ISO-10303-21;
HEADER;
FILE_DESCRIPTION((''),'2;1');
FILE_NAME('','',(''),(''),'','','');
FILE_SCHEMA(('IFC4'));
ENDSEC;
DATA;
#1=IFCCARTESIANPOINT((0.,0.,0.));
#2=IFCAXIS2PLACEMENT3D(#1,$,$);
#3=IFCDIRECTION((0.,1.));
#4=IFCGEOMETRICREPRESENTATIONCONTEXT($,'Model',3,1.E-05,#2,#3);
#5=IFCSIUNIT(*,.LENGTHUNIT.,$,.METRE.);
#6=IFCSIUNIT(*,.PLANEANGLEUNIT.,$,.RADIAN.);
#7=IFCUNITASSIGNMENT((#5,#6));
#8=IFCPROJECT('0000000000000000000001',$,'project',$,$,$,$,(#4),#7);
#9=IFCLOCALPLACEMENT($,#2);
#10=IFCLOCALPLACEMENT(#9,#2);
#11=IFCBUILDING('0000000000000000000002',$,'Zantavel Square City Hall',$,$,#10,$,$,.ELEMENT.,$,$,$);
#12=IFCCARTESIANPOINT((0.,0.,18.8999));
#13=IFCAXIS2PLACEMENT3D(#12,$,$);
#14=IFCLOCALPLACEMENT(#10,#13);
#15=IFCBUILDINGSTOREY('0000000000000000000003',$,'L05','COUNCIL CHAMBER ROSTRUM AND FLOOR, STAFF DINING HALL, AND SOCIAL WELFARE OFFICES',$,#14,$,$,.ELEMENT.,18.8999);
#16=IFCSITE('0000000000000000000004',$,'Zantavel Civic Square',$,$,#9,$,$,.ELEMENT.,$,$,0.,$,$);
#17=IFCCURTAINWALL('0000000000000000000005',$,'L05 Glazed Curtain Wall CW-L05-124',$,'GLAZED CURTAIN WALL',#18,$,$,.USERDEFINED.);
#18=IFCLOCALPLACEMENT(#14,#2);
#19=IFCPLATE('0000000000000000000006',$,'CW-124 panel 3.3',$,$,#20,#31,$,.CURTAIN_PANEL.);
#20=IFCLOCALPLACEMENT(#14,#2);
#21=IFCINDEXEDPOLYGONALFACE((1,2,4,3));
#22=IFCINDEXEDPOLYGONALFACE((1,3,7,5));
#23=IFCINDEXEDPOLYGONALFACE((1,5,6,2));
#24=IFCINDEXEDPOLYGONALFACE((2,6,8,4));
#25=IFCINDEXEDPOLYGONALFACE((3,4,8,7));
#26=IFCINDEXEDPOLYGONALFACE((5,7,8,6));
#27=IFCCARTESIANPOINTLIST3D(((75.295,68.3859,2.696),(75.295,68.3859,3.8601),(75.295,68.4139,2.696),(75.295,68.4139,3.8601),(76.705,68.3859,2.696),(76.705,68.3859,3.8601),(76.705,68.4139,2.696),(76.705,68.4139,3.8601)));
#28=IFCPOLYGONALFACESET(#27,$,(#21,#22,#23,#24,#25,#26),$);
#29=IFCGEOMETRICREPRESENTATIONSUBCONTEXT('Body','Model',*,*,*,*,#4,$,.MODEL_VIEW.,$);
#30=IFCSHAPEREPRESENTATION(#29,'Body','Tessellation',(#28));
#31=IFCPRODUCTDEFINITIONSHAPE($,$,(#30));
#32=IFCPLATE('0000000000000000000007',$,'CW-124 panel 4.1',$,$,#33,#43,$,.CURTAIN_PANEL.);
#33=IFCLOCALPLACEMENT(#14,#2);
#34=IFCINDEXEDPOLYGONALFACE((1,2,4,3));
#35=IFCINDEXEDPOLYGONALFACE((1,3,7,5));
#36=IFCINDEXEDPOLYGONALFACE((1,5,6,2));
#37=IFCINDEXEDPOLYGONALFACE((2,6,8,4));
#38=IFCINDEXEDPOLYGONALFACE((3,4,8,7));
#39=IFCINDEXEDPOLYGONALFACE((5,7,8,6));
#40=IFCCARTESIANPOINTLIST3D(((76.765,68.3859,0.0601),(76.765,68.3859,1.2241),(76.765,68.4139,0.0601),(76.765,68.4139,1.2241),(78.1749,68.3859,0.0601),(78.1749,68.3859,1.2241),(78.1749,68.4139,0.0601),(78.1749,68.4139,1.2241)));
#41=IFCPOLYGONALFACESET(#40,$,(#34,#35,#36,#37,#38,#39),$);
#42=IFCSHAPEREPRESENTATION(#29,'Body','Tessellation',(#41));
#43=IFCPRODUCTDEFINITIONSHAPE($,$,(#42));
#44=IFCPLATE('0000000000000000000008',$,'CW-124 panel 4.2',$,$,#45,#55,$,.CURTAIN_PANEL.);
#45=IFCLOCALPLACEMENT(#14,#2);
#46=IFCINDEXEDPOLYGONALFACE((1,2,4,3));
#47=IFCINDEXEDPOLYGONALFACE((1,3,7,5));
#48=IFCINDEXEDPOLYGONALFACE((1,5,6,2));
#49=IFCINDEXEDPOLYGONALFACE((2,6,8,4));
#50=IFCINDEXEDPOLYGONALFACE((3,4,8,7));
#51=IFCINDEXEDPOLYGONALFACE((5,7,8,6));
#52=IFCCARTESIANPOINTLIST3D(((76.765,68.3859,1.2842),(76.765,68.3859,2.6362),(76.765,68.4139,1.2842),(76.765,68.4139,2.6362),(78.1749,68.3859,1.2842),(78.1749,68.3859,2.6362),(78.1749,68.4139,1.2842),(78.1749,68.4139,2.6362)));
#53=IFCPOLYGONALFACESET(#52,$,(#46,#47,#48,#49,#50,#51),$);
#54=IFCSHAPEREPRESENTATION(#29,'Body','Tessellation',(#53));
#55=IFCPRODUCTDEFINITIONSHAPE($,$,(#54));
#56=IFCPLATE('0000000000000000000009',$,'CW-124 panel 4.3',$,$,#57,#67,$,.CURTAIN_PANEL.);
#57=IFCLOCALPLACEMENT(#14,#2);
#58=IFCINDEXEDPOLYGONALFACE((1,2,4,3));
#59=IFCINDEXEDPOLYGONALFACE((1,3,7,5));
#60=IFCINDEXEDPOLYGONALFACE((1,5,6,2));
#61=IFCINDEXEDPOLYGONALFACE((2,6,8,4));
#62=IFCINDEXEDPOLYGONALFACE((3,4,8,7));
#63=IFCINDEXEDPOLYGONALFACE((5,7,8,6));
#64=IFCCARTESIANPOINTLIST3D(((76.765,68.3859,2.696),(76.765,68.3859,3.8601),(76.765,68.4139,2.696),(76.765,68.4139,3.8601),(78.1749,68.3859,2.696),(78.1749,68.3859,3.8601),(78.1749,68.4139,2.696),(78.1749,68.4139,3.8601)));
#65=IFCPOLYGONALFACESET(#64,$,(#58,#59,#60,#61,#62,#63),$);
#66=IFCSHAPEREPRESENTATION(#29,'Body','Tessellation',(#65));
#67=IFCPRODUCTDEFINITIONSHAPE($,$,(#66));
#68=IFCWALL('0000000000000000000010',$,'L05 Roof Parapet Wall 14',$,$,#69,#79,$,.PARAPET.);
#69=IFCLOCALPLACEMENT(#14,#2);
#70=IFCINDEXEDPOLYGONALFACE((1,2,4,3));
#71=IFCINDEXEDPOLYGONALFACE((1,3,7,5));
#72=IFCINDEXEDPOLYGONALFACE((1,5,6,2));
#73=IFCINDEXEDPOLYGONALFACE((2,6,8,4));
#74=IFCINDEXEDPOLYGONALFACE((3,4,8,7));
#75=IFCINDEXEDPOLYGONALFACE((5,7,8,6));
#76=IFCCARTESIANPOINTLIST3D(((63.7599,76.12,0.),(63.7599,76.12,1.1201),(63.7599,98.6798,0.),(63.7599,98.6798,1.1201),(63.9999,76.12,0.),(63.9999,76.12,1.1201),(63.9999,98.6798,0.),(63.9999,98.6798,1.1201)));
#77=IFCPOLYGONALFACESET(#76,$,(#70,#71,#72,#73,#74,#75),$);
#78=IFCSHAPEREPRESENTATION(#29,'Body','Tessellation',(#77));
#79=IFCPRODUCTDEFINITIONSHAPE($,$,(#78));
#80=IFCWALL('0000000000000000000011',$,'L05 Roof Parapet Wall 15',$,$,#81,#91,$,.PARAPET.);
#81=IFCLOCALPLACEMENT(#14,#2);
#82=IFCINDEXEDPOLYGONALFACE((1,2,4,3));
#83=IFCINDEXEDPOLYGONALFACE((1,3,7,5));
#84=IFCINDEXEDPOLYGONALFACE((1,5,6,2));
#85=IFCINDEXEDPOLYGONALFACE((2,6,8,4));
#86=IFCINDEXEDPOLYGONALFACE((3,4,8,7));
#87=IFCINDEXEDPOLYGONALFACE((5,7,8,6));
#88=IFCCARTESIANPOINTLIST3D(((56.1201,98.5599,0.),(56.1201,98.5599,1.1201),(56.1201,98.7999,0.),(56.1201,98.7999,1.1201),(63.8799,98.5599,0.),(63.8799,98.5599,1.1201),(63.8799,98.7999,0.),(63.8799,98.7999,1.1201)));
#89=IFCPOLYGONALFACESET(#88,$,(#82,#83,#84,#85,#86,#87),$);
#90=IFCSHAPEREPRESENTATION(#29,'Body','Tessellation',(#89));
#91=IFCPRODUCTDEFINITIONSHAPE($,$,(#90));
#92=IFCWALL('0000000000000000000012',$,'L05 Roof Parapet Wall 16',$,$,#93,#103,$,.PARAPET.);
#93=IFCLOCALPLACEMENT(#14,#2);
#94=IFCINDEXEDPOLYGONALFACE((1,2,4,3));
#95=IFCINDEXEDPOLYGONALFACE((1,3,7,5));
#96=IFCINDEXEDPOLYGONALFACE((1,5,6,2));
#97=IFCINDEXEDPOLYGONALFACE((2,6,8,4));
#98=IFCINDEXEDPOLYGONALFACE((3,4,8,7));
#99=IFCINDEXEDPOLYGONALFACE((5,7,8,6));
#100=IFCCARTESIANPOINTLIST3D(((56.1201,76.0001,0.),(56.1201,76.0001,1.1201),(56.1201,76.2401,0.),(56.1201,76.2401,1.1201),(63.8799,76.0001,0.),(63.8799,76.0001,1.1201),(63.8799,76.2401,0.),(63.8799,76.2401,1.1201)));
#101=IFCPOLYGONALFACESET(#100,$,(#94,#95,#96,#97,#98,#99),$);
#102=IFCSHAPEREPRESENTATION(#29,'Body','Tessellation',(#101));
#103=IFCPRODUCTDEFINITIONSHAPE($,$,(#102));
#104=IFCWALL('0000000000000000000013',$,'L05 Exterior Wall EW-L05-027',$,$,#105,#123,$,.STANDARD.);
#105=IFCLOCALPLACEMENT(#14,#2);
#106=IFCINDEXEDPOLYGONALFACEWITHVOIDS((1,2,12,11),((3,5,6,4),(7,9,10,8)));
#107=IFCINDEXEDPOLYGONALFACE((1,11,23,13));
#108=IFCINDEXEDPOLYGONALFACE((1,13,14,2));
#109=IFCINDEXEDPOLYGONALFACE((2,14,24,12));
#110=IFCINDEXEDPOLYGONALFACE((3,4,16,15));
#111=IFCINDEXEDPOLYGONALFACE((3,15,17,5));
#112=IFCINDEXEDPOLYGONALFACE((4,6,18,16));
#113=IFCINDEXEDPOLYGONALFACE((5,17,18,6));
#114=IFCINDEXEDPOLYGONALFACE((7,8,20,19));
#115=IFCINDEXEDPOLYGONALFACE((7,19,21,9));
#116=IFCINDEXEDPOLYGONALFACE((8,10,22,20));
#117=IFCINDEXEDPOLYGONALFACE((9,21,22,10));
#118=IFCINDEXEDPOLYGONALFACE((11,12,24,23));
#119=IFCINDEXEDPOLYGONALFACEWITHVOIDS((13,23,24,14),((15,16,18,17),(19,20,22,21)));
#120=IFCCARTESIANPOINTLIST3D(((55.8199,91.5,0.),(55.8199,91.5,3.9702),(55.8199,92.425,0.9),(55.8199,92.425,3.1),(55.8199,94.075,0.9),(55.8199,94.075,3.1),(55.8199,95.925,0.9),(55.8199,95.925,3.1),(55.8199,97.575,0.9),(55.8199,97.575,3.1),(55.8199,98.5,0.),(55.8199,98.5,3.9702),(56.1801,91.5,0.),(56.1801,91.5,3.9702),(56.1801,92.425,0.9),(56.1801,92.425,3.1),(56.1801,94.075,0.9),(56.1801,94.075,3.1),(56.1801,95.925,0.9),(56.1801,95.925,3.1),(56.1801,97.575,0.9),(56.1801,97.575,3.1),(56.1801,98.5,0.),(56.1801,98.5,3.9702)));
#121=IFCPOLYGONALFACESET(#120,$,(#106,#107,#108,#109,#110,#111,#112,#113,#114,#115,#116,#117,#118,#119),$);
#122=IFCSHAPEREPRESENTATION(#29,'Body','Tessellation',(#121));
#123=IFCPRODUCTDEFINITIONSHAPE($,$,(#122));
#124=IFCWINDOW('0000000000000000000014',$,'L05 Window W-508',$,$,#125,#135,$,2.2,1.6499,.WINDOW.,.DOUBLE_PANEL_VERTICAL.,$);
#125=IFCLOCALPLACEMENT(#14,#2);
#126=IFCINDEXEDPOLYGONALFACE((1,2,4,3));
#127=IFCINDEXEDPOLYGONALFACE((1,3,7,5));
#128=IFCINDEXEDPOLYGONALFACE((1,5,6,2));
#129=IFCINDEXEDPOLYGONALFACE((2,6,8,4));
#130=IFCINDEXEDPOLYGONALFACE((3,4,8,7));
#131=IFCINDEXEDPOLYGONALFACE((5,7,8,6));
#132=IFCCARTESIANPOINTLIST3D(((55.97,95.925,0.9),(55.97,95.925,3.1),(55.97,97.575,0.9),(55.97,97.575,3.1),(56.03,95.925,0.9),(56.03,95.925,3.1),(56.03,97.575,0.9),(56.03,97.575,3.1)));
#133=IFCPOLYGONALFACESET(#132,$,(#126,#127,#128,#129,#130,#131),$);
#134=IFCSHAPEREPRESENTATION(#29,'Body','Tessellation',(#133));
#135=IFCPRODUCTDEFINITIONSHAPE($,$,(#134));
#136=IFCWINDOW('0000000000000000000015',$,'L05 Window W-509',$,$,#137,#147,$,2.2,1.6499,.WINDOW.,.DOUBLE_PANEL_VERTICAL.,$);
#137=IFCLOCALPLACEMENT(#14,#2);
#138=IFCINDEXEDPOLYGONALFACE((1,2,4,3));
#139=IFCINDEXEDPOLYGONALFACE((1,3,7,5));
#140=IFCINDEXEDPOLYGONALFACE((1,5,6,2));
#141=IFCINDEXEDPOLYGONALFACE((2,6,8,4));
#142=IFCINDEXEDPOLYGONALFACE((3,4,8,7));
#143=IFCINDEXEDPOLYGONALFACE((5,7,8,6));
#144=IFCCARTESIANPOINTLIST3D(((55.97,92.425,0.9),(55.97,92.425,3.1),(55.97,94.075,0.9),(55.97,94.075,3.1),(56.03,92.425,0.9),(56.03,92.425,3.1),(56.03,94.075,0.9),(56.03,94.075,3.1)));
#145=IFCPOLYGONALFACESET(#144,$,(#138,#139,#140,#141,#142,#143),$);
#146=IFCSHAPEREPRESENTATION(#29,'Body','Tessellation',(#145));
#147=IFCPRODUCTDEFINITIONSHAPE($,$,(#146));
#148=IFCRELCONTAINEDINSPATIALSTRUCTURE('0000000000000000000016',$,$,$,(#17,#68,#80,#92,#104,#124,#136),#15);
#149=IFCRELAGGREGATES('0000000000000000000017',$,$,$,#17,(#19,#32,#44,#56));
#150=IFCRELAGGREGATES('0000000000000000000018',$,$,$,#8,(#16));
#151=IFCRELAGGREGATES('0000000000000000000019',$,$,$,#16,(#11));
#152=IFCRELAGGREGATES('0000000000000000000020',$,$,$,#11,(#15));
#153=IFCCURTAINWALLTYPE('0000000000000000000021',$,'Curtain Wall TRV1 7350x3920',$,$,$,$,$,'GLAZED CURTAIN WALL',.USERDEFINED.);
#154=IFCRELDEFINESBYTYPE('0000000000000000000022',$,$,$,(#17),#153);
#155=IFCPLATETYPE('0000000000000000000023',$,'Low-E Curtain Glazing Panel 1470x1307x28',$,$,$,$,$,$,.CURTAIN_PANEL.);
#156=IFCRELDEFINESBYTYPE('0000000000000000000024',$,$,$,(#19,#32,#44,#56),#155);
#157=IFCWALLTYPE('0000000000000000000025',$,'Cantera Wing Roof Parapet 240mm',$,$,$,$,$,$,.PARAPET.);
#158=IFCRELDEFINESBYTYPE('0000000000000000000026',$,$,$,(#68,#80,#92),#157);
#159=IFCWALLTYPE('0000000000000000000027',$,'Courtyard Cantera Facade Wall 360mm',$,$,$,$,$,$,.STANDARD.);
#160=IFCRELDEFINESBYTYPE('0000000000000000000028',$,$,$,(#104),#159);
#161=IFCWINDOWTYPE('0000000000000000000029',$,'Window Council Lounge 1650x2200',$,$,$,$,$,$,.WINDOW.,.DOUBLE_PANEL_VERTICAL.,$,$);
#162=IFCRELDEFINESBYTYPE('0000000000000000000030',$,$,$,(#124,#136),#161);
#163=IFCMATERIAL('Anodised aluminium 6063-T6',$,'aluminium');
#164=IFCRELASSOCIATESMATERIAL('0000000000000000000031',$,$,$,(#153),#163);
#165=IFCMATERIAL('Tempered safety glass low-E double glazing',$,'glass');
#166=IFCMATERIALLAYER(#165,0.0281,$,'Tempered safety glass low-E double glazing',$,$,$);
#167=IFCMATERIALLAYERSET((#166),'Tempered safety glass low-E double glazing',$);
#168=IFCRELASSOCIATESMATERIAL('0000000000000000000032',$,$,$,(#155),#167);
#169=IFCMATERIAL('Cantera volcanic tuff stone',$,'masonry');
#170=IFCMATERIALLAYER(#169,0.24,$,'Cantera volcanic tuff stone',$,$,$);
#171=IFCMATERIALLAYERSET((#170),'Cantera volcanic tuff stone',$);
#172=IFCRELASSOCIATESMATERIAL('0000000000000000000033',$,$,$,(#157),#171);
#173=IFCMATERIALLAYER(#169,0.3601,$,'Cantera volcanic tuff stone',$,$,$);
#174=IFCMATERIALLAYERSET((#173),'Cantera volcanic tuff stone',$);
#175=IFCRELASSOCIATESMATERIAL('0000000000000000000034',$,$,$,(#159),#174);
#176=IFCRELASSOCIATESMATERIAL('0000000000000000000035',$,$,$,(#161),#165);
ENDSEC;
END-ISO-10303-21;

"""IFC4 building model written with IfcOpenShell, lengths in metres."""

from ifc_helpers import new_model, si_unit, direction, frame, frame_2d, origin, origin_2d, place, context, subcontext, project, spatial, rectangle, extrude, material, layer, layer_set, type_object, element, fill, aggregate, save


model = new_model("IFC4")

# Units and contexts
model_context = context("Model", 3, precision=1e-05, world=origin(), true_north=direction((0.0, 1.0)))
body_context = subcontext(model_context, "Body", "Model", "MODEL_VIEW")
ifc_project = project(units=[si_unit("LENGTHUNIT", "METRE"), si_unit("PLANEANGLEUNIT", "RADIAN")], contexts=[model_context])

# Site, building, storey
site_placement = place(None, origin())
site = spatial("IfcSite", under=ifc_project, at=site_placement, Name="Zantavel Civic Square", CompositionType="ELEMENT", RefElevation=0.0)
building_placement = place(site_placement, origin())
building = spatial("IfcBuilding", under=site, at=building_placement, Name="Zantavel Square City Hall", CompositionType="ELEMENT")
storey_placement = place(building_placement, frame((0.0, 0.0, 18.8999)))
storey = spatial("IfcBuildingStorey", under=building, at=storey_placement, Name="L05", Description="COUNCIL CHAMBER ROSTRUM AND FLOOR, STAFF DINING HALL, AND SOCIAL WELFARE OFFICES", CompositionType="ELEMENT", Elevation=18.8999)

# Curtain wall
ifc_material_1 = material(Name="Anodised aluminium 6063-T6", Category="aluminium")
curtain_wall_type = type_object("IfcCurtainWallType", Name="Curtain Wall TRV1 7350x3920", ElementType="GLAZED CURTAIN WALL", PredefinedType="USERDEFINED", material=ifc_material_1)
curtain_wall_placement = place(storey_placement, origin())
curtain_wall = element("IfcCurtainWall", 1, at=curtain_wall_placement, inside=storey, type_object=curtain_wall_type, Name="L05 Glazed Curtain Wall CW-L05-124", ObjectType="GLAZED CURTAIN WALL", PredefinedType="USERDEFINED")

# Plates
ifc_material_2 = material(Name="Tempered safety glass low-E double glazing", Category="glass")
ifc_layer_1 = layer(ifc_material_2, 0.0281, Name="Tempered safety glass low-E double glazing")
ifc_layer_set_1 = layer_set([ifc_layer_1], Name="Tempered safety glass low-E double glazing")
plate_type = type_object("IfcPlateType", Name="Low-E Curtain Glazing Panel 1470x1307x28", PredefinedType="CURTAIN_PANEL", material=ifc_layer_set_1)
plate_1_placement = place(storey_placement, frame((76.0, 68.3999, 2.696), z_axis=(0.0, 0.0, 1.0), x_axis=(1.0, 0.0, 0.0)))
plate_1 = element("IfcPlate", 2, at=plate_1_placement, type_object=plate_type, Name="CW-124 panel 3.3", PredefinedType="CURTAIN_PANEL", context=body_context, shape_type="SweptSolid", body=[
    extrude(rectangle(XDim=1.4099, YDim=0.0281, at=origin_2d()), origin(), (0.0, 0.0, 1.0), 1.1641),
])
plate_2_placement = place(storey_placement, frame((77.47, 68.3999, 0.0601), z_axis=(0.0, 0.0, 1.0), x_axis=(1.0, 0.0, 0.0)))
plate_2 = element("IfcPlate", 3, at=plate_2_placement, type_object=plate_type, Name="CW-124 panel 4.1", PredefinedType="CURTAIN_PANEL", context=body_context, shape_type="SweptSolid", body=[
    extrude(rectangle(XDim=1.4099, YDim=0.0281, at=origin_2d()), origin(), (0.0, 0.0, 1.0), 1.1641),
])
plate_3_placement = place(storey_placement, frame((77.47, 68.3999, 1.2842), z_axis=(0.0, 0.0, 1.0), x_axis=(1.0, 0.0, 0.0)))
plate_3 = element("IfcPlate", 4, at=plate_3_placement, type_object=plate_type, Name="CW-124 panel 4.2", PredefinedType="CURTAIN_PANEL", context=body_context, shape_type="SweptSolid", body=[
    extrude(rectangle(XDim=1.4099, YDim=0.0281, at=origin_2d()), origin(), (0.0, 0.0, 1.0), 1.3521),
])
plate_4_placement = place(storey_placement, frame((77.47, 68.3999, 2.696), z_axis=(0.0, 0.0, 1.0), x_axis=(1.0, 0.0, 0.0)))
plate_4 = element("IfcPlate", 5, at=plate_4_placement, type_object=plate_type, Name="CW-124 panel 4.3", PredefinedType="CURTAIN_PANEL", context=body_context, shape_type="SweptSolid", body=[
    extrude(rectangle(XDim=1.4099, YDim=0.0281, at=origin_2d()), origin(), (0.0, 0.0, 1.0), 1.1641),
])
aggregate(curtain_wall, [plate_1, plate_2, plate_3, plate_4])

# Walls
ifc_material_3 = material(Name="Cantera volcanic tuff stone", Category="masonry")
ifc_layer_2 = layer(ifc_material_3, 0.24, Name="Cantera volcanic tuff stone")
ifc_layer_set_2 = layer_set([ifc_layer_2], Name="Cantera volcanic tuff stone")
wall_type_1 = type_object("IfcWallType", Name="Cantera Wing Roof Parapet 240mm", PredefinedType="PARAPET", material=ifc_layer_set_2)
wall_1_placement = place(storey_placement, frame((63.8799, 76.1201, 0.0), z_axis=(0.0, 0.0, 1.0), x_axis=(0.0, 1.0, 0.0)))
element("IfcWall", 6, at=wall_1_placement, inside=storey, type_object=wall_type_1, Name="L05 Roof Parapet Wall 14", PredefinedType="PARAPET", context=body_context, shape_type="SweptSolid", body=[
    extrude(rectangle(XDim=22.5598, YDim=0.24, at=frame_2d((11.2798, 0.0))), origin(), (0.0, 0.0, 1.0), 1.1201),
])
for number, where, z_axis, x_axis, name in (
    (7, (56.1201, 98.6799, 0.0), (0.0, 0.0, 1.0), (1.0, 0.0, 0.0), "L05 Roof Parapet Wall 15"),
    (8, (56.1201, 76.1201, 0.0), (0.0, 0.0, 1.0), (1.0, 0.0, 0.0), "L05 Roof Parapet Wall 16"),
):
    element("IfcWall", number, at=place(storey_placement, frame(where, z_axis=z_axis, x_axis=x_axis)), inside=storey, type_object=wall_type_1, Name=name, PredefinedType="PARAPET", context=body_context, shape_type="SweptSolid", body=[
        extrude(rectangle(XDim=7.7598, YDim=0.24, at=frame_2d((3.8799, 0.0))), origin(), (0.0, 0.0, 1.0), 1.1201),
    ])

# Wall, openings, windows
ifc_layer_3 = layer(ifc_material_3, 0.3601, Name="Cantera volcanic tuff stone")
ifc_layer_set_3 = layer_set([ifc_layer_3], Name="Cantera volcanic tuff stone")
wall_type_2 = type_object("IfcWallType", Name="Courtyard Cantera Facade Wall 360mm", PredefinedType="STANDARD", material=ifc_layer_set_3)
wall_2_placement = place(storey_placement, frame((56.0, 98.5, 0.0), z_axis=(0.0, 0.0, 1.0), x_axis=(0.0, -1.0, 0.0)))
wall_2 = element("IfcWall", 9, at=wall_2_placement, inside=storey, type_object=wall_type_2, Name="L05 Exterior Wall EW-L05-027", PredefinedType="STANDARD", context=body_context, shape_type="SweptSolid", body=[
    extrude(rectangle(XDim=7.0, YDim=0.3601, at=frame_2d((3.5, 0.0))), origin(), (0.0, 0.0, 1.0), 3.9702),
])
opening_1_placement = place(wall_2_placement, frame((0.925, 0.0, 0.8999)))
opening_1 = element("IfcOpeningElement", 10, at=opening_1_placement, cuts=wall_2, PredefinedType="OPENING", context=body_context, shape_type="SweptSolid", body=[
    extrude(rectangle(XDim=1.6499, YDim=2.2, at=frame_2d((0.825, 1.1001))), frame((0.0, 0.1899, 0.0), z_axis=(0.0, -1.0, 0.0), x_axis=(1.0, 0.0, 0.0)), (0.0, 0.0, 1.0), 0.3801),
])
opening_2_placement = place(wall_2_placement, frame((4.425, 0.0, 0.8999)))
opening_2 = element("IfcOpeningElement", 11, at=opening_2_placement, cuts=wall_2, PredefinedType="OPENING", context=body_context, shape_type="SweptSolid", body=[
    extrude(rectangle(XDim=1.6499, YDim=2.2, at=frame_2d((0.825, 1.1001))), frame((0.0, 0.1899, 0.0), z_axis=(0.0, -1.0, 0.0), x_axis=(1.0, 0.0, 0.0)), (0.0, 0.0, 1.0), 0.3801),
])
window_type = type_object("IfcWindowType", Name="Window Council Lounge 1650x2200", PartitioningType="DOUBLE_PANEL_VERTICAL", PredefinedType="WINDOW", material=ifc_material_2)
window_1_placement = place(opening_1_placement, origin())
window_1 = element("IfcWindow", 12, at=window_1_placement, inside=storey, type_object=window_type, Name="L05 Window W-508", OverallHeight=2.2, OverallWidth=1.6499, PartitioningType="DOUBLE_PANEL_VERTICAL", PredefinedType="WINDOW", context=body_context, shape_type="SweptSolid", body=[
    extrude(rectangle(XDim=1.6499, YDim=2.2, at=frame_2d((0.825, 1.1001))), frame((0.0, 0.03, 0.0), z_axis=(0.0, -1.0, 0.0), x_axis=(1.0, 0.0, 0.0)), (0.0, 0.0, 1.0), 0.0601),
])
fill(opening_1, window_1)
window_2_placement = place(opening_2_placement, origin())
window_2 = element("IfcWindow", 13, at=window_2_placement, inside=storey, type_object=window_type, Name="L05 Window W-509", OverallHeight=2.2, OverallWidth=1.6499, PartitioningType="DOUBLE_PANEL_VERTICAL", PredefinedType="WINDOW", context=body_context, shape_type="SweptSolid", body=[
    extrude(rectangle(XDim=1.6499, YDim=2.2, at=frame_2d((0.825, 1.1001))), frame((0.0, 0.03, 0.0), z_axis=(0.0, -1.0, 0.0), x_axis=(1.0, 0.0, 0.0)), (0.0, 0.0, 1.0), 0.0601),
])
fill(opening_2, window_2)

save(model, "model.ifc")
